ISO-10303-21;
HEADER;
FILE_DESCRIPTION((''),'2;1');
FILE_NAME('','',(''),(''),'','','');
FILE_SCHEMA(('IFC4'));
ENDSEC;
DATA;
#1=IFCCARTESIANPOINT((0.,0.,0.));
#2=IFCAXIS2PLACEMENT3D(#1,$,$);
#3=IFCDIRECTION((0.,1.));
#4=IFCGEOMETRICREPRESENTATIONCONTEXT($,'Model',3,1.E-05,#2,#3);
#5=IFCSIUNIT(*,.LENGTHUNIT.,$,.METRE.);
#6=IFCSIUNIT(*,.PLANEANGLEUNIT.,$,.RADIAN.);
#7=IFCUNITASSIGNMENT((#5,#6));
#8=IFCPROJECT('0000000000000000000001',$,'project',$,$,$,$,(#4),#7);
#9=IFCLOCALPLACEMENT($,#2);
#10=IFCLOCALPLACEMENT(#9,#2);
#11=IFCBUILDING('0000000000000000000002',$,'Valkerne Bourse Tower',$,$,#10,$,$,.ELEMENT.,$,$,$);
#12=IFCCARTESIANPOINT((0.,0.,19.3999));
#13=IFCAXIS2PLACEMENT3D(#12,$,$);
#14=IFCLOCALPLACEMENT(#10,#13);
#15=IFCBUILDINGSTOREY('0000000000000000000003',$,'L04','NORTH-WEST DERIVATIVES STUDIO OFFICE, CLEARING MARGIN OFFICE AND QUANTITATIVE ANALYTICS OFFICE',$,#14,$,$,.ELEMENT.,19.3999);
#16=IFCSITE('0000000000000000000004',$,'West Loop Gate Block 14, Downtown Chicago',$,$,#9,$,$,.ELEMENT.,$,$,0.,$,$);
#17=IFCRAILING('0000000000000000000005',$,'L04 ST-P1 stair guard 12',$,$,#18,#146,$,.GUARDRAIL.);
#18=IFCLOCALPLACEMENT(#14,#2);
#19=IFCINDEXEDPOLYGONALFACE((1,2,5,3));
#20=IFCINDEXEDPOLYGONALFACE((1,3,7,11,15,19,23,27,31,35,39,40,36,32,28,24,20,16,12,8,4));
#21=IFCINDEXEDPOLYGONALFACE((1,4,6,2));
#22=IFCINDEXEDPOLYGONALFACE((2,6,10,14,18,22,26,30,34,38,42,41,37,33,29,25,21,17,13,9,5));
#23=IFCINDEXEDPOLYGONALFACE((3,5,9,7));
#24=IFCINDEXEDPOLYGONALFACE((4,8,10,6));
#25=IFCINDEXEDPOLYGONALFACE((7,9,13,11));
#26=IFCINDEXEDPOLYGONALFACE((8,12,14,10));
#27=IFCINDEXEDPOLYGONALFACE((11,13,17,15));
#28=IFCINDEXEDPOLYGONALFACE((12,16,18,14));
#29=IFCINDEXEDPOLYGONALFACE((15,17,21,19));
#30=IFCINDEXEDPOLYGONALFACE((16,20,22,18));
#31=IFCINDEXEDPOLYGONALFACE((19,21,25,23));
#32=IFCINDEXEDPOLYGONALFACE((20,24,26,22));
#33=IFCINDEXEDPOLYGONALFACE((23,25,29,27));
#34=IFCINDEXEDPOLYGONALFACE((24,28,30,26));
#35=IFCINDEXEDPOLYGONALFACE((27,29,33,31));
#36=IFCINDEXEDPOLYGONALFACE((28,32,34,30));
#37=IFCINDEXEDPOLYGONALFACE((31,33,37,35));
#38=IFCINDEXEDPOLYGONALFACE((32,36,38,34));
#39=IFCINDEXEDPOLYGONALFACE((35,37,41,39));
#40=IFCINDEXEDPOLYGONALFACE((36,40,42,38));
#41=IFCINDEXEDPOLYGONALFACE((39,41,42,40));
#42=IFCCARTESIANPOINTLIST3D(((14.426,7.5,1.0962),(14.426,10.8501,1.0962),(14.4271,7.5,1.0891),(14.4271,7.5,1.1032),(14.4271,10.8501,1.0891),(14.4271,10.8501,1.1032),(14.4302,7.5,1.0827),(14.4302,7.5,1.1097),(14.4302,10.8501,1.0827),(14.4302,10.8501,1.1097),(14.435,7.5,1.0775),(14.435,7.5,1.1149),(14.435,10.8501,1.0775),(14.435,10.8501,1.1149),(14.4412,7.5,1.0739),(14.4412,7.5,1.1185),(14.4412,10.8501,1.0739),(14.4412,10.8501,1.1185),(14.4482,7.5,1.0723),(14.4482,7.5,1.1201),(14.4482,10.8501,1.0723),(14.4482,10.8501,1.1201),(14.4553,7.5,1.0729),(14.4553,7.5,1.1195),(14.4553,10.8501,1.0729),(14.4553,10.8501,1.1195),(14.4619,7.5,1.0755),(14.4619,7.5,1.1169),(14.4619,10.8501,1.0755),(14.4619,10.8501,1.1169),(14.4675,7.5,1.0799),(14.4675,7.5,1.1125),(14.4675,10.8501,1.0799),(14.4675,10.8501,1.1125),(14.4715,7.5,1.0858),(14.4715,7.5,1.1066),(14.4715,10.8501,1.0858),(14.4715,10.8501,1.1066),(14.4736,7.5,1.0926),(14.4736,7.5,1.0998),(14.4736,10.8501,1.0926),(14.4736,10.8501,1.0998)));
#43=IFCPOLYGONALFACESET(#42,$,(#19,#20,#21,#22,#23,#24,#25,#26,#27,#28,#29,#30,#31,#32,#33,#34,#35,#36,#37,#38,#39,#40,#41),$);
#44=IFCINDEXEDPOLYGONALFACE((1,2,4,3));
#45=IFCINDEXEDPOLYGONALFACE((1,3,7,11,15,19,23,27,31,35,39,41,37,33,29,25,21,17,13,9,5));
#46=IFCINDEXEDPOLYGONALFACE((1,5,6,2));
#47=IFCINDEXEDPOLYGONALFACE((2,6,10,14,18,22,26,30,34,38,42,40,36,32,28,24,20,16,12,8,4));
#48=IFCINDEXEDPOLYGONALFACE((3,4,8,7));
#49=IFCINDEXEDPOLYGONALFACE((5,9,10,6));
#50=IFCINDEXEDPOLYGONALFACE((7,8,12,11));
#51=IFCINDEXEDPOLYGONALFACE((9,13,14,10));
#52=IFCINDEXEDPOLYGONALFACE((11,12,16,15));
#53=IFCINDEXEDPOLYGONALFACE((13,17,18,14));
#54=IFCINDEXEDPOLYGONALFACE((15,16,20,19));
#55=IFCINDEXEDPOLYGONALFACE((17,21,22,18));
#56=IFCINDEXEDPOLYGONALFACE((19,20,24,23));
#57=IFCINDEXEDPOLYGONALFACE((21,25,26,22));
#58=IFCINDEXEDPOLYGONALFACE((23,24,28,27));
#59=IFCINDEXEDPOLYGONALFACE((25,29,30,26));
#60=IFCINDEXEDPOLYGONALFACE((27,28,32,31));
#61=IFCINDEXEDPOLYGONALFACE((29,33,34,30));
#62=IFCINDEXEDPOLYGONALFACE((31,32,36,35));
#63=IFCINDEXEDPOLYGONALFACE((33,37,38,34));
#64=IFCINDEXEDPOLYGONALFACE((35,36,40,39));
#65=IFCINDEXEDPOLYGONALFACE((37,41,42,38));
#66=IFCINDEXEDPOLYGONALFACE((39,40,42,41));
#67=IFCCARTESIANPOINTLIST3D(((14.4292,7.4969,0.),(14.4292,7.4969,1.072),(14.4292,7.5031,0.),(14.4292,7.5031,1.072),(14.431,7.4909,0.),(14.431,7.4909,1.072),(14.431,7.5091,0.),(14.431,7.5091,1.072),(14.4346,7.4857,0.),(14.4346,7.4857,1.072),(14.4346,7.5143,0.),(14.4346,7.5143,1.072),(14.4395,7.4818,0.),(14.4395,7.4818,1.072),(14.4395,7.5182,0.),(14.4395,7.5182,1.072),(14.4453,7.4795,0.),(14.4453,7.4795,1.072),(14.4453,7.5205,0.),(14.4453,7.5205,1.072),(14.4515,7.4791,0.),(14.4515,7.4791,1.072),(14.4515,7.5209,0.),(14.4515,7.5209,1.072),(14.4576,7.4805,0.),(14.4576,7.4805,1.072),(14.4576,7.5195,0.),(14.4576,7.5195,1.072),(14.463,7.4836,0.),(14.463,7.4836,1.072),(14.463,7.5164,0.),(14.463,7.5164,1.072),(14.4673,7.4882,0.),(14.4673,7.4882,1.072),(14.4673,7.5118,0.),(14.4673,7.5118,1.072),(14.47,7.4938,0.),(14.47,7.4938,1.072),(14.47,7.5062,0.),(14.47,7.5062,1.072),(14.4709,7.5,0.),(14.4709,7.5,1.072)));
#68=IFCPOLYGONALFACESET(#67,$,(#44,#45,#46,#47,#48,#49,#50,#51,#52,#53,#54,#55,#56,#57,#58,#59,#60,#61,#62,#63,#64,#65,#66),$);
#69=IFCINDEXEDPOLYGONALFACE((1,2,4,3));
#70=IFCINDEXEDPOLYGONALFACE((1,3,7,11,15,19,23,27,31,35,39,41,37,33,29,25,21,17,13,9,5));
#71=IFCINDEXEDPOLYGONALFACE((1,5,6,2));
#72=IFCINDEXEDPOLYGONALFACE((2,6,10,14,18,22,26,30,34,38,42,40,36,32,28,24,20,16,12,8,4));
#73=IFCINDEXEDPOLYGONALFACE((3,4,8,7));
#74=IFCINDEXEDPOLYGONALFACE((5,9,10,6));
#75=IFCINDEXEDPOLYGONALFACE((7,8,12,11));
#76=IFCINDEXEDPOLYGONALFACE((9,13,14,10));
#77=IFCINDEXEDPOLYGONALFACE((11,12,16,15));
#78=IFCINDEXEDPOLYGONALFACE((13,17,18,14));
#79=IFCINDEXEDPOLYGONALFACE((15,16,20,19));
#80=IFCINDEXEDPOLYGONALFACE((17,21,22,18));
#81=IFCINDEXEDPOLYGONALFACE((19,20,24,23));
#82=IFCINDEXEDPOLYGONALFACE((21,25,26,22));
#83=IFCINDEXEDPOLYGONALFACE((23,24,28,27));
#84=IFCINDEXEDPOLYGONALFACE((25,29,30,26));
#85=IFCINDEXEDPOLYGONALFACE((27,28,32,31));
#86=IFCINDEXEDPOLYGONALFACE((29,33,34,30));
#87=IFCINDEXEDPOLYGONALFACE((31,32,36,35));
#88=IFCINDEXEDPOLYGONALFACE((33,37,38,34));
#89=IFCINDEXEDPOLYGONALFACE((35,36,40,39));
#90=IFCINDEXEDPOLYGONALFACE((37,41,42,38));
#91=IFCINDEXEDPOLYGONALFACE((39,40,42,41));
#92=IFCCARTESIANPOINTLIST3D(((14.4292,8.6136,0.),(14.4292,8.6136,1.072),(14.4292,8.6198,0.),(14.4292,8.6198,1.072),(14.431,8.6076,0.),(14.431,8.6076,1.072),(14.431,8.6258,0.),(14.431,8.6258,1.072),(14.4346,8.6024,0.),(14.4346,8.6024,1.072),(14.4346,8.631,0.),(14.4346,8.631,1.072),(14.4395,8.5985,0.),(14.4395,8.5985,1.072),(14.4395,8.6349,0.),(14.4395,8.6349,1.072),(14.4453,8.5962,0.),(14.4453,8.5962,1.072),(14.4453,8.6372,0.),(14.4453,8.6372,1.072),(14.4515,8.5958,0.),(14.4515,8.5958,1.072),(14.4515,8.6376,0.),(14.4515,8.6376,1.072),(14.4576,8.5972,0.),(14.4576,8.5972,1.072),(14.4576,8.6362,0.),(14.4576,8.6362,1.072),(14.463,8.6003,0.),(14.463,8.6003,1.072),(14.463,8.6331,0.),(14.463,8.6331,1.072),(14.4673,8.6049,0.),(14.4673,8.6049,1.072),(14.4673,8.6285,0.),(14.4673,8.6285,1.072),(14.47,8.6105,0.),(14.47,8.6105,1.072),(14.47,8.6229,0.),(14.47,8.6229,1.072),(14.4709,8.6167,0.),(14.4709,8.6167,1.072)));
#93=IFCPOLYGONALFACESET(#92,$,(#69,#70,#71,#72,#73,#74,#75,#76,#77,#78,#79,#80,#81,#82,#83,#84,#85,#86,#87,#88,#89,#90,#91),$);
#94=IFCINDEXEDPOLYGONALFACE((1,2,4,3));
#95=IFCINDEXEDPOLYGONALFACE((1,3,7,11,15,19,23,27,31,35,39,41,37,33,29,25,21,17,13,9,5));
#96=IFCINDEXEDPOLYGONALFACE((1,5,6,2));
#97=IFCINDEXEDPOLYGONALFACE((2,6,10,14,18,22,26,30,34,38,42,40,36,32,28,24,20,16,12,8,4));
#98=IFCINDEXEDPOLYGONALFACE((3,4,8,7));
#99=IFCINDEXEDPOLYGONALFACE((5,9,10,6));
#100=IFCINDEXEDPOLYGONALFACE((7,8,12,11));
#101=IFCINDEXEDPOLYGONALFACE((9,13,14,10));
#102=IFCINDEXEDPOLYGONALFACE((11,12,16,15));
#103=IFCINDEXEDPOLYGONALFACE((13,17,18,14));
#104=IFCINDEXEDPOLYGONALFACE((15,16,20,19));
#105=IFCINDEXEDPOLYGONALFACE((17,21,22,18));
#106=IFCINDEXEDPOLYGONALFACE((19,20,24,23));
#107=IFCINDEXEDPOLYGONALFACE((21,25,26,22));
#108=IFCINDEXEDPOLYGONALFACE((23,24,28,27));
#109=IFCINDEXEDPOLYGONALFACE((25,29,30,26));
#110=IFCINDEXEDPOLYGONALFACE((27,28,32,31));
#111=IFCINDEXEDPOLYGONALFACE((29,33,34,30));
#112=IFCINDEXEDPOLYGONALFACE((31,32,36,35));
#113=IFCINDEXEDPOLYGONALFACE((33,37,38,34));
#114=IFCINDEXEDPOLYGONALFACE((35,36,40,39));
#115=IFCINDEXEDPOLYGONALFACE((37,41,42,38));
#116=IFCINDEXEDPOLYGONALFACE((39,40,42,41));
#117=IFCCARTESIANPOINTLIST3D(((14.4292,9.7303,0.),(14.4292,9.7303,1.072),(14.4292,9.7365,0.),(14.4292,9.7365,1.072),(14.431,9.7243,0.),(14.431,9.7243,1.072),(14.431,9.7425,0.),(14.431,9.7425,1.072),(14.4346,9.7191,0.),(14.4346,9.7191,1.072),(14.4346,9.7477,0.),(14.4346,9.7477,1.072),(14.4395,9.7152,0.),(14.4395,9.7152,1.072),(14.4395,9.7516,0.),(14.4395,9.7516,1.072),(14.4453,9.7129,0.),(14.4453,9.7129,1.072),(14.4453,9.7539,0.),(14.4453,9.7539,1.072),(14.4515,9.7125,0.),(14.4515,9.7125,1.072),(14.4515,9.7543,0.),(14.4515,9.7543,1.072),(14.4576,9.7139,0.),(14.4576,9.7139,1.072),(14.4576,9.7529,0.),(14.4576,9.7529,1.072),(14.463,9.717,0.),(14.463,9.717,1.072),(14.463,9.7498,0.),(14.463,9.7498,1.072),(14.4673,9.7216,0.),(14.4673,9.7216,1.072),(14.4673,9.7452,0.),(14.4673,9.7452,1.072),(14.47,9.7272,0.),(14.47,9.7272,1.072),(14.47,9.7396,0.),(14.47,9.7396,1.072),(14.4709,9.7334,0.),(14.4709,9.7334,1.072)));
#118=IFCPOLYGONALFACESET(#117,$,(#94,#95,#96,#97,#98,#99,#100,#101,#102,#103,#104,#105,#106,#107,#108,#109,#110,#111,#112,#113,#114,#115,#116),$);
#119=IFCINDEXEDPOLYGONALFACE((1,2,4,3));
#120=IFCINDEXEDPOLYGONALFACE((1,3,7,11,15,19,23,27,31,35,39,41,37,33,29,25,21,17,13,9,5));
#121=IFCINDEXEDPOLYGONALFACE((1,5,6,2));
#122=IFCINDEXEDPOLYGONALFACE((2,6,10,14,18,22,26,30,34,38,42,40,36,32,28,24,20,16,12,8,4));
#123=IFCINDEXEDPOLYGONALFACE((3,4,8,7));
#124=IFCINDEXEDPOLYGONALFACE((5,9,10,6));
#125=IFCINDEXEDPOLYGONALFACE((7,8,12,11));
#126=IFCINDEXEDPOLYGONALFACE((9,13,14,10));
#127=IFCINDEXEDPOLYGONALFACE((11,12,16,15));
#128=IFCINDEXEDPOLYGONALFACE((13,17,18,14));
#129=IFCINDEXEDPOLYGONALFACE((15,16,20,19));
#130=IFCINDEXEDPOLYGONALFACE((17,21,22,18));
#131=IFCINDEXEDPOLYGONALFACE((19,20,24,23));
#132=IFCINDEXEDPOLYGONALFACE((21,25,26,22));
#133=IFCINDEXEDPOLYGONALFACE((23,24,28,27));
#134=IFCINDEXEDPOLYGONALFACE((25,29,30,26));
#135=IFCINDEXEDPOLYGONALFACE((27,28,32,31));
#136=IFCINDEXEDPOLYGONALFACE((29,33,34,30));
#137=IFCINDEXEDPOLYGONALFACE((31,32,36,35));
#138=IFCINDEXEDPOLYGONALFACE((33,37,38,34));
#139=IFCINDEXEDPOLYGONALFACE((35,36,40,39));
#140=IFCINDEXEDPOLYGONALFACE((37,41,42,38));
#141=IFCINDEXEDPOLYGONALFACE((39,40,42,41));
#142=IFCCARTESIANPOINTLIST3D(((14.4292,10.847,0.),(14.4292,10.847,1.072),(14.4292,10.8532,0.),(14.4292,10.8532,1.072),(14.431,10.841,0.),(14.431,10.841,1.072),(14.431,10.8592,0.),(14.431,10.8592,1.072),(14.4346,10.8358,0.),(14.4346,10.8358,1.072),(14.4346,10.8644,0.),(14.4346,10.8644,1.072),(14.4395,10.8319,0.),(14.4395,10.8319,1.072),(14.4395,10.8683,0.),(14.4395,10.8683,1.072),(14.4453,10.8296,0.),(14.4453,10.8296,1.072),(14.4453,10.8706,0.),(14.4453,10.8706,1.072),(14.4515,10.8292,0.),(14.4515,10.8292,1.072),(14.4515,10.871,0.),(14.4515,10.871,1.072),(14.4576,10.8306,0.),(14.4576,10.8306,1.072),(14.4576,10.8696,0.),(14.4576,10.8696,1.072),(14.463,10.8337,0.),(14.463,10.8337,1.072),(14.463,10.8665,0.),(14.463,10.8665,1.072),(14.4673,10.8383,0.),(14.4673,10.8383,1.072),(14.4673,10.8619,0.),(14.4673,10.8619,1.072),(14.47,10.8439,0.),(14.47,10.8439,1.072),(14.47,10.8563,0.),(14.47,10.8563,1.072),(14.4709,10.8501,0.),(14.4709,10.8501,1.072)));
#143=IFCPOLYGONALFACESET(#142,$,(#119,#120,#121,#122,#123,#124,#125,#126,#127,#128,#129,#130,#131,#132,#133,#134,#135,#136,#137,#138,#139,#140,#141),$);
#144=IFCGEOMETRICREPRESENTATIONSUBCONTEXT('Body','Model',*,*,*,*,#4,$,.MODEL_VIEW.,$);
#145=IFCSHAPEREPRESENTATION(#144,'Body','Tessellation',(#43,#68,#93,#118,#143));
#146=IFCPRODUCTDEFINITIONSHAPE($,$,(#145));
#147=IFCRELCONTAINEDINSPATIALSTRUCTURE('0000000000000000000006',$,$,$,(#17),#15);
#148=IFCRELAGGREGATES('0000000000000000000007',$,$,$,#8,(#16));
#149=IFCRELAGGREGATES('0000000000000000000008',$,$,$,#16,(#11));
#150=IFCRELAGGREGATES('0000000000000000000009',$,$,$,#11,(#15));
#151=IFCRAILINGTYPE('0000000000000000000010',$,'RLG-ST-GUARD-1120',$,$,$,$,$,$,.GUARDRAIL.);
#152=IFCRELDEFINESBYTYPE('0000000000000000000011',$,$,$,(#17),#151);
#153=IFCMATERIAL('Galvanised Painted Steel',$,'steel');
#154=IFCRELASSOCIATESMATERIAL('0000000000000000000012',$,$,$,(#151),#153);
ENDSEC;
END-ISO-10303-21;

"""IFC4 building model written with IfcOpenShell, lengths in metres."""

from ifc_helpers import new_model, si_unit, direction, frame, origin, origin_2d, place, context, subcontext, project, spatial, circle, extrude, material, type_object, element, save


model = new_model("IFC4")

# Units and contexts
model_context = context("Model", 3, precision=1e-05, world=origin(), true_north=direction((0.0, 1.0)))
body_context = subcontext(model_context, "Body", "Model", "MODEL_VIEW")
ifc_project = project(units=[si_unit("LENGTHUNIT", "METRE"), si_unit("PLANEANGLEUNIT", "RADIAN")], contexts=[model_context])

# Site, building, storey
site_placement = place(None, origin())
site = spatial("IfcSite", under=ifc_project, at=site_placement, Name="West Loop Gate Block 14, Downtown Chicago", CompositionType="ELEMENT", RefElevation=0.0)
building_placement = place(site_placement, origin())
building = spatial("IfcBuilding", under=site, at=building_placement, Name="Valkerne Bourse Tower", CompositionType="ELEMENT")
storey_placement = place(building_placement, frame((0.0, 0.0, 19.3999)))
storey = spatial("IfcBuildingStorey", under=building, at=storey_placement, Name="L04", Description="NORTH-WEST DERIVATIVES STUDIO OFFICE, CLEARING MARGIN OFFICE AND QUANTITATIVE ANALYTICS OFFICE", CompositionType="ELEMENT", Elevation=19.3999)

# Railing
ifc_material_1 = material(Name="Galvanised Painted Steel", Category="steel")
railing_type_1 = type_object("IfcRailingType", Name="RLG-ST-GUARD-1120", PredefinedType="GUARDRAIL", material=ifc_material_1)
railing_1_placement = place(storey_placement, frame((14.45, 7.5, 0.0)))
element("IfcRailing", 1, at=railing_1_placement, inside=storey, type_object=railing_type_1, Name="L04 ST-P1 stair guard 12", PredefinedType="GUARDRAIL", context=body_context, shape_type="SweptSolid", body=[
    extrude(circle(Radius=0.0239, at=origin_2d()), frame((0.0, 0.0, 1.0962), z_axis=(0.0, 1.0, 0.0), x_axis=(-1.0, 0.0, 0.0)), (0.0, 0.0, 1.0), 3.3501),
    extrude(circle(Radius=0.021, at=origin_2d()), origin(), (0.0, 0.0, 1.0), 1.072),
    extrude(circle(Radius=0.021, at=origin_2d()), frame((0.0, 1.1167, 0.0)), (0.0, 0.0, 1.0), 1.072),
    extrude(circle(Radius=0.021, at=origin_2d()), frame((0.0, 2.2334, 0.0)), (0.0, 0.0, 1.0), 1.072),
    extrude(circle(Radius=0.021, at=origin_2d()), frame((0.0, 3.3501, 0.0)), (0.0, 0.0, 1.0), 1.072),
])

save(model, "model.ifc")
